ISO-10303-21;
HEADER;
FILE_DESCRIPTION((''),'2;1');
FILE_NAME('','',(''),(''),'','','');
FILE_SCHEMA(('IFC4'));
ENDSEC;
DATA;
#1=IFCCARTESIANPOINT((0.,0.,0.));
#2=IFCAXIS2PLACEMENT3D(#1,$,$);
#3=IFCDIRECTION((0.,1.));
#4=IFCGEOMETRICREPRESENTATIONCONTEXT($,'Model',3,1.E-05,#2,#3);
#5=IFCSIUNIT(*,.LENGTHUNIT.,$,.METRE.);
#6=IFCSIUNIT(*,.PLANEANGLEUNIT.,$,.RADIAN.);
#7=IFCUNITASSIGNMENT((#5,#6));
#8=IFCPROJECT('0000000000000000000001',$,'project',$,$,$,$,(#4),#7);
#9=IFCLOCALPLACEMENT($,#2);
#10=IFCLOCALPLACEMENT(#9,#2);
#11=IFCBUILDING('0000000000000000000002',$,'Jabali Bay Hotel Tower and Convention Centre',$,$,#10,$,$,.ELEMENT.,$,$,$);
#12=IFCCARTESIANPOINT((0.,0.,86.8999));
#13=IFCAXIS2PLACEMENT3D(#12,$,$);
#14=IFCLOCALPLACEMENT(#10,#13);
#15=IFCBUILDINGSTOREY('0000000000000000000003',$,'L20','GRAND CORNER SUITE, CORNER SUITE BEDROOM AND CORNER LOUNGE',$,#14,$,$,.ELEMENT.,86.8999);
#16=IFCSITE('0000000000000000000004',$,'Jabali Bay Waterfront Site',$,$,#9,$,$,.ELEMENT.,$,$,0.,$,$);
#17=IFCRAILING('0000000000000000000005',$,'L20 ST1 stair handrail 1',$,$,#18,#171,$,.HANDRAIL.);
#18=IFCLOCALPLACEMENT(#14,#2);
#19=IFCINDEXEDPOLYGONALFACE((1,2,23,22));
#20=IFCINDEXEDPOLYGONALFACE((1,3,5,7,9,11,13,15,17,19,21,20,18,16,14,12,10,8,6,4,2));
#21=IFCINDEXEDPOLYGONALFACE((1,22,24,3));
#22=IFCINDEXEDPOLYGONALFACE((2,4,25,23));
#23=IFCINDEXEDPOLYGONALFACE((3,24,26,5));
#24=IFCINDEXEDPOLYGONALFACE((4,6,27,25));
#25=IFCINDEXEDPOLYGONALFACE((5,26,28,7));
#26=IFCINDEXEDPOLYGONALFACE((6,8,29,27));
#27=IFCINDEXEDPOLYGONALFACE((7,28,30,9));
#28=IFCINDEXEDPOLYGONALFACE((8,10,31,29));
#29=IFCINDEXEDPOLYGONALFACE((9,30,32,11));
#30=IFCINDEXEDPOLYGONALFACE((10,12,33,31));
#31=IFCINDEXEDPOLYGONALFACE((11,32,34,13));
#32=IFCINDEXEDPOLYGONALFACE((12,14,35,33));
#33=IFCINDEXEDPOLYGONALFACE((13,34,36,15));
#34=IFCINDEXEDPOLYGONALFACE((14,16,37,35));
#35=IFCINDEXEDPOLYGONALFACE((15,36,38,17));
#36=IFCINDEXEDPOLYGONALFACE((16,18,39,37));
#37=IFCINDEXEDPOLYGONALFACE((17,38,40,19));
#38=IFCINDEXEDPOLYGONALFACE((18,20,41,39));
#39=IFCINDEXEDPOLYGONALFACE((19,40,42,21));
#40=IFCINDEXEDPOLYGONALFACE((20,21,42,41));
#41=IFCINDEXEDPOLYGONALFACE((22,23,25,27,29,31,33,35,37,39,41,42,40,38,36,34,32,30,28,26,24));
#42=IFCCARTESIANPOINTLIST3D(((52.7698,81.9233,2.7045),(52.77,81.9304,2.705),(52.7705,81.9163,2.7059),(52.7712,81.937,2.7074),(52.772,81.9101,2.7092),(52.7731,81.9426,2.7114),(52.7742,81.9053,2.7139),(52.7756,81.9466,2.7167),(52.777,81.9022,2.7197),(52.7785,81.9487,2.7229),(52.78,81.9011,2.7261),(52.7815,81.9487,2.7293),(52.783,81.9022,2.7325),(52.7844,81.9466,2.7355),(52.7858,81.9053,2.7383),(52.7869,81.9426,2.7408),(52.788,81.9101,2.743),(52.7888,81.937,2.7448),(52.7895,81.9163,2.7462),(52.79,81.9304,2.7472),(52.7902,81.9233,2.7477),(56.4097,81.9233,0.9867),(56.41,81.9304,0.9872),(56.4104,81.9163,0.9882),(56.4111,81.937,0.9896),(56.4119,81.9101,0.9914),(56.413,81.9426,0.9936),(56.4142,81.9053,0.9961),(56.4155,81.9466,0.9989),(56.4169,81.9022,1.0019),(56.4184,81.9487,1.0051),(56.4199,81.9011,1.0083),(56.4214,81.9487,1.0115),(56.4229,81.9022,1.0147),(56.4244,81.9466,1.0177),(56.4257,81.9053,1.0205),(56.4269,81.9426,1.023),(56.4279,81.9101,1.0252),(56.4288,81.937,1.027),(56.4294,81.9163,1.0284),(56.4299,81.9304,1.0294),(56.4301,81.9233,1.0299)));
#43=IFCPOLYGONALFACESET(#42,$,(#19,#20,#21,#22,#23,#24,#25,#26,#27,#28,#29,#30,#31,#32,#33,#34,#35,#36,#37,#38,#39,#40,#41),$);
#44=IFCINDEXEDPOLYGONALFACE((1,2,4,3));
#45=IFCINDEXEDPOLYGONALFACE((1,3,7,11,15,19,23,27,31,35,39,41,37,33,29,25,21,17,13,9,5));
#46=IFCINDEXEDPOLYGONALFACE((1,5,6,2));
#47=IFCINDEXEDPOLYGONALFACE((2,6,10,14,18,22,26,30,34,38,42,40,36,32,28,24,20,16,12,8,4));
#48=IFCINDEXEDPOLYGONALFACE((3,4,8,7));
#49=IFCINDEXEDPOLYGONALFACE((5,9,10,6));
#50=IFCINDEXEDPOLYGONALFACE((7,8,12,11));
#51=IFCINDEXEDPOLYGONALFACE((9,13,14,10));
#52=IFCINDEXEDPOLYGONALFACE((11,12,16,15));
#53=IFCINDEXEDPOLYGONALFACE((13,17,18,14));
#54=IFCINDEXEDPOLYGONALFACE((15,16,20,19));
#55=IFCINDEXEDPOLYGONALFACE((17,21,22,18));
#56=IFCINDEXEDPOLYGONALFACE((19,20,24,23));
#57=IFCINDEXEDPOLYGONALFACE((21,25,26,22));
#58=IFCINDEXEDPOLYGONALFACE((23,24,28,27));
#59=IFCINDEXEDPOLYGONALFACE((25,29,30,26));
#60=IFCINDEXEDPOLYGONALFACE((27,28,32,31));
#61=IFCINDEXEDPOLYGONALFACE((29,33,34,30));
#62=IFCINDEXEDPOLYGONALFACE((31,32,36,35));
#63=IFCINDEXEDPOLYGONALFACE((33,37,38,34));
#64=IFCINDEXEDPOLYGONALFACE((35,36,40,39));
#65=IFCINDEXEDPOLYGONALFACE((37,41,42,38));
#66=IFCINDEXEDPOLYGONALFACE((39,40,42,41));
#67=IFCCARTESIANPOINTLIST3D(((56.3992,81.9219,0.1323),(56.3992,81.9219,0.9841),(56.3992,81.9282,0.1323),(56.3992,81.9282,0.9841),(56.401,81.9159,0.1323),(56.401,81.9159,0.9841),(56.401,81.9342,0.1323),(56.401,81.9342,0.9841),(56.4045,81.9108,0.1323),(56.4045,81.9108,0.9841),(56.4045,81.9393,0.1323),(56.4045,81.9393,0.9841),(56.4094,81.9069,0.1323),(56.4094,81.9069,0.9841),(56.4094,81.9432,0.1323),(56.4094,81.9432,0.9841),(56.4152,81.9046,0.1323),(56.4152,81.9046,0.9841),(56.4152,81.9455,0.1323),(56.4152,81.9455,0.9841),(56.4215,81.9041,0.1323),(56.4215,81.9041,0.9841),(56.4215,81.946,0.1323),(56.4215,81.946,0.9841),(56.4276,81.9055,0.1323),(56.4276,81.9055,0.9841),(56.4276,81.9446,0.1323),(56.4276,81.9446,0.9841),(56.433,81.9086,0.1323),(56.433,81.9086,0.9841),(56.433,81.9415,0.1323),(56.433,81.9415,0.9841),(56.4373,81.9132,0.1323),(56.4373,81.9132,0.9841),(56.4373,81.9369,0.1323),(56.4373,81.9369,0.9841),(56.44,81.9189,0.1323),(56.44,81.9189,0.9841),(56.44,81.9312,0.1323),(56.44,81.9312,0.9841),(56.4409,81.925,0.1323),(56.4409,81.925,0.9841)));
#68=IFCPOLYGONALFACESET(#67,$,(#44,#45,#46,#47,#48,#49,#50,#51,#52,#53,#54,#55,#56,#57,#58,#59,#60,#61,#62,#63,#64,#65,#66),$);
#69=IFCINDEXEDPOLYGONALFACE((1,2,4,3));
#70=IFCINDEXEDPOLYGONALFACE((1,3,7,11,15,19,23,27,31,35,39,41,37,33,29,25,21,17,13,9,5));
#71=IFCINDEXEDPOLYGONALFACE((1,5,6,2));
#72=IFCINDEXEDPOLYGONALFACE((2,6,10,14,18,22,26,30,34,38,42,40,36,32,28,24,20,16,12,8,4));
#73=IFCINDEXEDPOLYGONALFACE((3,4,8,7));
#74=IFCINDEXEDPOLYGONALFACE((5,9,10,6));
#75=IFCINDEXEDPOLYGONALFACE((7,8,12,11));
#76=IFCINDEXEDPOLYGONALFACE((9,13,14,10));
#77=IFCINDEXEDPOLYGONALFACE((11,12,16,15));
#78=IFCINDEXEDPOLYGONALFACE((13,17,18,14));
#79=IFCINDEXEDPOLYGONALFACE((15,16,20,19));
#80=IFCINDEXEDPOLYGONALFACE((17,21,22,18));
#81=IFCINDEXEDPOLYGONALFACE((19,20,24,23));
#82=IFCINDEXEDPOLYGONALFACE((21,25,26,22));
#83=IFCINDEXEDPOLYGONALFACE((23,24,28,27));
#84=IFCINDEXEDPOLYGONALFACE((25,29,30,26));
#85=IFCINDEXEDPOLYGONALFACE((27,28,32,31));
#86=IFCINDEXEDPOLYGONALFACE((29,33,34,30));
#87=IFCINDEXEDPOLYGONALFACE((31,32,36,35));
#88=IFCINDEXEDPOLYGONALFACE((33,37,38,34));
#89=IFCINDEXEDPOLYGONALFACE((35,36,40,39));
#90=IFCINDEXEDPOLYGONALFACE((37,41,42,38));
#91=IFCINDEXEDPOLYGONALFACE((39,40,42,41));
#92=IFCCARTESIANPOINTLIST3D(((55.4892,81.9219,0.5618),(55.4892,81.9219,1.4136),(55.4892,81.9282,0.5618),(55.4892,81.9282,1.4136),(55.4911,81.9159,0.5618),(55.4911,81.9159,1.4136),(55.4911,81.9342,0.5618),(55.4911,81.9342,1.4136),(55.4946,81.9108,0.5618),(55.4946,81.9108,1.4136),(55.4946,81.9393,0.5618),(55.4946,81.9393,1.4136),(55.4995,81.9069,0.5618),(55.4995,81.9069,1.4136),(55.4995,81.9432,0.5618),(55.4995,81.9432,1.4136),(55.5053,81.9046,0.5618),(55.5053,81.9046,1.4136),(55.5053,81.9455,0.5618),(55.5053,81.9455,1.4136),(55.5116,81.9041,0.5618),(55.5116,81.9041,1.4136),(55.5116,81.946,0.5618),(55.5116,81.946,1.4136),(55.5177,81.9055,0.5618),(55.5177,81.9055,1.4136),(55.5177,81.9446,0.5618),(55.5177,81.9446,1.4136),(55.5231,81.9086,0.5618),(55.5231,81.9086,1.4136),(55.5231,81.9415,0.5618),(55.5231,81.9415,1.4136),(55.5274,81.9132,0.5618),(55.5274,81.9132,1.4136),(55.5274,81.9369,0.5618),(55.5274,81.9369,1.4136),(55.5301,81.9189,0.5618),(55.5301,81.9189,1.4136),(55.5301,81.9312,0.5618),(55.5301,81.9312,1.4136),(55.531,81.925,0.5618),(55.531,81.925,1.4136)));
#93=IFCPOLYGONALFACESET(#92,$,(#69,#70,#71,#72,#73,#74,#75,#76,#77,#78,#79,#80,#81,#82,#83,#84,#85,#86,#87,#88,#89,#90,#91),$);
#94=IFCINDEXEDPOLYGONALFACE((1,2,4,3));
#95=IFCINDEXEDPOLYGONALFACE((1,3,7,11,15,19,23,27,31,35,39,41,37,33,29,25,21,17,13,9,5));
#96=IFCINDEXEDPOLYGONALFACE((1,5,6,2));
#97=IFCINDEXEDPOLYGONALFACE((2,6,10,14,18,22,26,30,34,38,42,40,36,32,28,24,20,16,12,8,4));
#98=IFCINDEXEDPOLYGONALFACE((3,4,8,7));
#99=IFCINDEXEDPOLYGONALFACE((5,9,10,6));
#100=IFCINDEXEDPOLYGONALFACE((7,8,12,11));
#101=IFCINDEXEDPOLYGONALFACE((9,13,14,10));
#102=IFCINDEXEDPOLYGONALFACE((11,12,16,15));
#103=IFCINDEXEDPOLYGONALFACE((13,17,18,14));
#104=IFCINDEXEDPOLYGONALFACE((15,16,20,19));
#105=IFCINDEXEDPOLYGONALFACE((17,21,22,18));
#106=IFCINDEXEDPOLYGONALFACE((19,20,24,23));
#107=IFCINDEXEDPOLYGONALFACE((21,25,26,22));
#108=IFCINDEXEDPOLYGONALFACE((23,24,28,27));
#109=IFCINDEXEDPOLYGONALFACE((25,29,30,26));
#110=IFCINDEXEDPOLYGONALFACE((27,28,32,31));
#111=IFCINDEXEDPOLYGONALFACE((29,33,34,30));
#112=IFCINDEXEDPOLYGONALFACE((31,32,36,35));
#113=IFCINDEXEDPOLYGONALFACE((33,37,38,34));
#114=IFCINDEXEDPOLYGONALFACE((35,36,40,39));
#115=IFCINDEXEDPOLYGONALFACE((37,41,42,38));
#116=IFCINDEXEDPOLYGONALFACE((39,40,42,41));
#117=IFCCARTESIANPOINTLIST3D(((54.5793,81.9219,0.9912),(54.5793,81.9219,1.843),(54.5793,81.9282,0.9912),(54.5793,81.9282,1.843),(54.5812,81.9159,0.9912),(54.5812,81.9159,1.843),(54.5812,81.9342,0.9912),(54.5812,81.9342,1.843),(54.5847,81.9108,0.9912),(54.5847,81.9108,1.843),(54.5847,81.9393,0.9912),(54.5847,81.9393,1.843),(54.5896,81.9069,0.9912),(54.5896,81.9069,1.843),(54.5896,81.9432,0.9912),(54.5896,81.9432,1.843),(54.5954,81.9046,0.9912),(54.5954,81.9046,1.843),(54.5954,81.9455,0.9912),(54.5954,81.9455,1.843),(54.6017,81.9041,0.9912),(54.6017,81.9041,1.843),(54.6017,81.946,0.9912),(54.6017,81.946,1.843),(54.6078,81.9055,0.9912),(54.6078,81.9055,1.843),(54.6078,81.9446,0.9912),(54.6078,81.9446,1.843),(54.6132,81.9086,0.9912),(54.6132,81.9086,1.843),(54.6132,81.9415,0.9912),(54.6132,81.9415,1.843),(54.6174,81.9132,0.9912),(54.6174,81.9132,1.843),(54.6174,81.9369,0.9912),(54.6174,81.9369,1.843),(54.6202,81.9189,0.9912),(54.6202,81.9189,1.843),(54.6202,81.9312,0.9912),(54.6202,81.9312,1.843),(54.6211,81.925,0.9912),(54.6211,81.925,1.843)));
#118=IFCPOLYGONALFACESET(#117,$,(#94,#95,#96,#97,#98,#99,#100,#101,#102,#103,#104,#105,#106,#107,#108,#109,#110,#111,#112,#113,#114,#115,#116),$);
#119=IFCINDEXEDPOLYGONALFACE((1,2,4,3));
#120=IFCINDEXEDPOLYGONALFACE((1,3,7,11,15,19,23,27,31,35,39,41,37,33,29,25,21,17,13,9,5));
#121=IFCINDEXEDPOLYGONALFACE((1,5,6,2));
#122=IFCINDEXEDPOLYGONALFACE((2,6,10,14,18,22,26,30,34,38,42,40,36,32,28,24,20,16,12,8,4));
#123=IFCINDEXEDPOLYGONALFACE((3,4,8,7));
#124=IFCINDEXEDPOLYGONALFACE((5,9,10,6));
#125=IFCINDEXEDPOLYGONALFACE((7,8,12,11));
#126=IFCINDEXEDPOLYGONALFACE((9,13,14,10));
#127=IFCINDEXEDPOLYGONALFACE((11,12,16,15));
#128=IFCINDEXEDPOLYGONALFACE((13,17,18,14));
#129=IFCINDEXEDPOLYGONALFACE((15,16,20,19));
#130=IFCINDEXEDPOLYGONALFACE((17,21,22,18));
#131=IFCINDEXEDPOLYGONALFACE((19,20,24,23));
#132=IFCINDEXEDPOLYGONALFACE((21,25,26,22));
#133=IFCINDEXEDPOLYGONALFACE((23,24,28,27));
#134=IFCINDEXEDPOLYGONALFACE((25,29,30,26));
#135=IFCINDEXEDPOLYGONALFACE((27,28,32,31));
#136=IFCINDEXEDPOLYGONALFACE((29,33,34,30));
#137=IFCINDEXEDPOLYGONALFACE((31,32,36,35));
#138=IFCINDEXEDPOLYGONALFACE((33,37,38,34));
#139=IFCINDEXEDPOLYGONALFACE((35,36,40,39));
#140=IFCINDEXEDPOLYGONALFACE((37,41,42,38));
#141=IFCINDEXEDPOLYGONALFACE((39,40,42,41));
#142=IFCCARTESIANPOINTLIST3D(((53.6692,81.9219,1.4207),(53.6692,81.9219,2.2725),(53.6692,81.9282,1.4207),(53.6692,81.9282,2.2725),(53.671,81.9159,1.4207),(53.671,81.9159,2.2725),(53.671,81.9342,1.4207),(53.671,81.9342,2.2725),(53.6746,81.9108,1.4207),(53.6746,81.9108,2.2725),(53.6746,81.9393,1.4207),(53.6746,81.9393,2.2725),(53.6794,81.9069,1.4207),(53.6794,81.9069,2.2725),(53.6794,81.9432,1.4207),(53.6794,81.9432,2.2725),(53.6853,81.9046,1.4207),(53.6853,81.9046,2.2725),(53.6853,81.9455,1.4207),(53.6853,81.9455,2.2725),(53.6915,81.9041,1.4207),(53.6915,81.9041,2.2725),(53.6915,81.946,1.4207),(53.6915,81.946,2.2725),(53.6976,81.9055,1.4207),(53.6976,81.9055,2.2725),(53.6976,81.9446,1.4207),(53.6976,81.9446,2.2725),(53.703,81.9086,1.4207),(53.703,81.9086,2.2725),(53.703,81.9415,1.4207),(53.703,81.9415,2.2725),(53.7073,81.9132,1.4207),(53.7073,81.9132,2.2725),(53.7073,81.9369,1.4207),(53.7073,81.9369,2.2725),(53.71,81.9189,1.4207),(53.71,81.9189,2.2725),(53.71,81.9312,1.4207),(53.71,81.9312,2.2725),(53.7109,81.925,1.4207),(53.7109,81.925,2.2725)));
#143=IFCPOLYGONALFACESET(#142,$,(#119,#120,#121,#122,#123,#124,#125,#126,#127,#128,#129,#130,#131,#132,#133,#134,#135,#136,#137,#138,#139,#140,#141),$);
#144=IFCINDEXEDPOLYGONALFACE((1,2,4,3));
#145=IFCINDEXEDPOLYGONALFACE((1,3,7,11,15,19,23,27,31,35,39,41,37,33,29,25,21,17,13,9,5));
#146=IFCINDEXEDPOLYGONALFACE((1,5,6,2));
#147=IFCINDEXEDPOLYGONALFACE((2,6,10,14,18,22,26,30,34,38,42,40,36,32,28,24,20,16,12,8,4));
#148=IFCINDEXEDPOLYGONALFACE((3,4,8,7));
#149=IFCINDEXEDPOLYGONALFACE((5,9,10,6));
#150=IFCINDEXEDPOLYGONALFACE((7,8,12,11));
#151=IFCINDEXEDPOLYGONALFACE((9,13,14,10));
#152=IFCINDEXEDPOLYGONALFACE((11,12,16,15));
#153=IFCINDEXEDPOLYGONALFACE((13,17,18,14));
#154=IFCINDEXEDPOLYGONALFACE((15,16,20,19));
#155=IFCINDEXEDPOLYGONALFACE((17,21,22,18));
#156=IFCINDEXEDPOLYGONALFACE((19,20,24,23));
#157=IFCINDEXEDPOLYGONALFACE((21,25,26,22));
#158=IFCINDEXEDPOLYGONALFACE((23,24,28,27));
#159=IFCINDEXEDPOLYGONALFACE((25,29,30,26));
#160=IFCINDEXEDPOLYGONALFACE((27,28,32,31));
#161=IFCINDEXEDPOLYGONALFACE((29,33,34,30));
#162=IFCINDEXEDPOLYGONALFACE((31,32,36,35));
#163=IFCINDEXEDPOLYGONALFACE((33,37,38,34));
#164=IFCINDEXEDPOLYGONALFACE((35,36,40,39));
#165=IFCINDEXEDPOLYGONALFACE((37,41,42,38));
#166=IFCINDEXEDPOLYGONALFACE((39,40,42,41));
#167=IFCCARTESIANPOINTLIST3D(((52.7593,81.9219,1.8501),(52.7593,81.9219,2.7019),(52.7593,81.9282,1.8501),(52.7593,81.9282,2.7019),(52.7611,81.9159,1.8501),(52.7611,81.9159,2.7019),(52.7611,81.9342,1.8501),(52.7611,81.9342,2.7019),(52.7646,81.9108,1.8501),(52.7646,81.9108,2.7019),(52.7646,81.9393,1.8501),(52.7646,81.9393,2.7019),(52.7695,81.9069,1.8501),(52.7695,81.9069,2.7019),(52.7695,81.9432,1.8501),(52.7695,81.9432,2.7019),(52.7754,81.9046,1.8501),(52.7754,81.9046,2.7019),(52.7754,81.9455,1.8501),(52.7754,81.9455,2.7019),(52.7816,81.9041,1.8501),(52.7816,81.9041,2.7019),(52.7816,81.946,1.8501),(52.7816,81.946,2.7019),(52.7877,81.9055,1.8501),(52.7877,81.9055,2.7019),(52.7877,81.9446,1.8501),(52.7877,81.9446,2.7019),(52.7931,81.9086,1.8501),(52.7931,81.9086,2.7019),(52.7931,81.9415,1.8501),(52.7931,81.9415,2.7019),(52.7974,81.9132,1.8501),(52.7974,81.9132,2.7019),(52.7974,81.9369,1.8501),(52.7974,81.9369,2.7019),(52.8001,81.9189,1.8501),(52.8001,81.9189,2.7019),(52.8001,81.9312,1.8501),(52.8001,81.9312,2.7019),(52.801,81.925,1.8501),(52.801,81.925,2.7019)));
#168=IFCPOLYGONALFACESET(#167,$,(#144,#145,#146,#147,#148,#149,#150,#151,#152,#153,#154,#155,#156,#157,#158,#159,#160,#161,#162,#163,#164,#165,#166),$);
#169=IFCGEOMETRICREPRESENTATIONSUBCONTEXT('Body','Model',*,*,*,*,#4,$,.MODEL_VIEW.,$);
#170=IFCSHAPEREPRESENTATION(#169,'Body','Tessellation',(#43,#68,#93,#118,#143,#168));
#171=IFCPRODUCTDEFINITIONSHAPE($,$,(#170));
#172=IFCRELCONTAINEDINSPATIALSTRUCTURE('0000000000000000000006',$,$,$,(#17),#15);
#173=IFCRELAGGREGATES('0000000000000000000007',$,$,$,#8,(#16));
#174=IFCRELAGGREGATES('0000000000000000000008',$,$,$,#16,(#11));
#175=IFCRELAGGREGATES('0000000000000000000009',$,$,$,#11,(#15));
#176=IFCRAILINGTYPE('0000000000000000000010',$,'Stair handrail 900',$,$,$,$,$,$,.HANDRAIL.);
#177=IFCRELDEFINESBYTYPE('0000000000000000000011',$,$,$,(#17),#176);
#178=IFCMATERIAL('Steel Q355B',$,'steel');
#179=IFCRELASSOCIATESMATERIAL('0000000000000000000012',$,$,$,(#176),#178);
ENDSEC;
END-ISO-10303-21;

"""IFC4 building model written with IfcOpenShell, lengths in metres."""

from ifc_helpers import new_model, si_unit, direction, frame, origin, origin_2d, place, context, subcontext, project, spatial, circle, extrude, material, type_object, element, save


model = new_model("IFC4")

# Units and contexts
model_context = context("Model", 3, precision=1e-05, world=origin(), true_north=direction((0.0, 1.0)))
body_context = subcontext(model_context, "Body", "Model", "MODEL_VIEW")
ifc_project = project(units=[si_unit("LENGTHUNIT", "METRE"), si_unit("PLANEANGLEUNIT", "RADIAN")], contexts=[model_context])

# Site, building, storey
site_placement = place(None, origin())
site = spatial("IfcSite", under=ifc_project, at=site_placement, Name="Jabali Bay Waterfront Site", CompositionType="ELEMENT", RefElevation=0.0)
building_placement = place(site_placement, origin())
building = spatial("IfcBuilding", under=site, at=building_placement, Name="Jabali Bay Hotel Tower and Convention Centre", CompositionType="ELEMENT")
storey_placement = place(building_placement, frame((0.0, 0.0, 86.8999)))
storey = spatial("IfcBuildingStorey", under=building, at=storey_placement, Name="L20", Description="GRAND CORNER SUITE, CORNER SUITE BEDROOM AND CORNER LOUNGE", CompositionType="ELEMENT", Elevation=86.8999)

# Railing
ifc_material_1 = material(Name="Steel Q355B", Category="steel")
railing_type_1 = type_object("IfcRailingType", Name="Stair handrail 900", PredefinedType="HANDRAIL", material=ifc_material_1)
railing_1_placement = place(storey_placement, frame((56.4199, 81.925, 0.1323)))
element("IfcRailing", 1, at=railing_1_placement, inside=storey, type_object=railing_type_1, Name="L20 ST1 stair handrail 1", PredefinedType="HANDRAIL", context=body_context, shape_type="SweptSolid", body=[
    extrude(circle(Radius=0.0239, at=origin_2d()), frame((0.0, 0.0, 0.876), z_axis=(-0.904351, 0.0, 0.42679), x_axis=(0.0, -1.0, 0.0)), (0.0, 0.0, 1.0), 4.0249),
    extrude(circle(Radius=0.021, at=origin_2d()), origin(), (0.0, 0.0, 1.0), 0.8518),
    extrude(circle(Radius=0.021, at=origin_2d()), frame((-0.9099, 0.0, 0.4294)), (0.0, 0.0, 1.0), 0.8518),
    extrude(circle(Radius=0.021, at=origin_2d()), frame((-1.8198, 0.0, 0.8589)), (0.0, 0.0, 1.0), 0.8518),
    extrude(circle(Radius=0.021, at=origin_2d()), frame((-2.73, 0.0, 1.2883)), (0.0, 0.0, 1.0), 0.8518),
    extrude(circle(Radius=0.021, at=origin_2d()), frame((-3.6399, 0.0, 1.7178)), (0.0, 0.0, 1.0), 0.8518),
])

save(model, "model.ifc")
